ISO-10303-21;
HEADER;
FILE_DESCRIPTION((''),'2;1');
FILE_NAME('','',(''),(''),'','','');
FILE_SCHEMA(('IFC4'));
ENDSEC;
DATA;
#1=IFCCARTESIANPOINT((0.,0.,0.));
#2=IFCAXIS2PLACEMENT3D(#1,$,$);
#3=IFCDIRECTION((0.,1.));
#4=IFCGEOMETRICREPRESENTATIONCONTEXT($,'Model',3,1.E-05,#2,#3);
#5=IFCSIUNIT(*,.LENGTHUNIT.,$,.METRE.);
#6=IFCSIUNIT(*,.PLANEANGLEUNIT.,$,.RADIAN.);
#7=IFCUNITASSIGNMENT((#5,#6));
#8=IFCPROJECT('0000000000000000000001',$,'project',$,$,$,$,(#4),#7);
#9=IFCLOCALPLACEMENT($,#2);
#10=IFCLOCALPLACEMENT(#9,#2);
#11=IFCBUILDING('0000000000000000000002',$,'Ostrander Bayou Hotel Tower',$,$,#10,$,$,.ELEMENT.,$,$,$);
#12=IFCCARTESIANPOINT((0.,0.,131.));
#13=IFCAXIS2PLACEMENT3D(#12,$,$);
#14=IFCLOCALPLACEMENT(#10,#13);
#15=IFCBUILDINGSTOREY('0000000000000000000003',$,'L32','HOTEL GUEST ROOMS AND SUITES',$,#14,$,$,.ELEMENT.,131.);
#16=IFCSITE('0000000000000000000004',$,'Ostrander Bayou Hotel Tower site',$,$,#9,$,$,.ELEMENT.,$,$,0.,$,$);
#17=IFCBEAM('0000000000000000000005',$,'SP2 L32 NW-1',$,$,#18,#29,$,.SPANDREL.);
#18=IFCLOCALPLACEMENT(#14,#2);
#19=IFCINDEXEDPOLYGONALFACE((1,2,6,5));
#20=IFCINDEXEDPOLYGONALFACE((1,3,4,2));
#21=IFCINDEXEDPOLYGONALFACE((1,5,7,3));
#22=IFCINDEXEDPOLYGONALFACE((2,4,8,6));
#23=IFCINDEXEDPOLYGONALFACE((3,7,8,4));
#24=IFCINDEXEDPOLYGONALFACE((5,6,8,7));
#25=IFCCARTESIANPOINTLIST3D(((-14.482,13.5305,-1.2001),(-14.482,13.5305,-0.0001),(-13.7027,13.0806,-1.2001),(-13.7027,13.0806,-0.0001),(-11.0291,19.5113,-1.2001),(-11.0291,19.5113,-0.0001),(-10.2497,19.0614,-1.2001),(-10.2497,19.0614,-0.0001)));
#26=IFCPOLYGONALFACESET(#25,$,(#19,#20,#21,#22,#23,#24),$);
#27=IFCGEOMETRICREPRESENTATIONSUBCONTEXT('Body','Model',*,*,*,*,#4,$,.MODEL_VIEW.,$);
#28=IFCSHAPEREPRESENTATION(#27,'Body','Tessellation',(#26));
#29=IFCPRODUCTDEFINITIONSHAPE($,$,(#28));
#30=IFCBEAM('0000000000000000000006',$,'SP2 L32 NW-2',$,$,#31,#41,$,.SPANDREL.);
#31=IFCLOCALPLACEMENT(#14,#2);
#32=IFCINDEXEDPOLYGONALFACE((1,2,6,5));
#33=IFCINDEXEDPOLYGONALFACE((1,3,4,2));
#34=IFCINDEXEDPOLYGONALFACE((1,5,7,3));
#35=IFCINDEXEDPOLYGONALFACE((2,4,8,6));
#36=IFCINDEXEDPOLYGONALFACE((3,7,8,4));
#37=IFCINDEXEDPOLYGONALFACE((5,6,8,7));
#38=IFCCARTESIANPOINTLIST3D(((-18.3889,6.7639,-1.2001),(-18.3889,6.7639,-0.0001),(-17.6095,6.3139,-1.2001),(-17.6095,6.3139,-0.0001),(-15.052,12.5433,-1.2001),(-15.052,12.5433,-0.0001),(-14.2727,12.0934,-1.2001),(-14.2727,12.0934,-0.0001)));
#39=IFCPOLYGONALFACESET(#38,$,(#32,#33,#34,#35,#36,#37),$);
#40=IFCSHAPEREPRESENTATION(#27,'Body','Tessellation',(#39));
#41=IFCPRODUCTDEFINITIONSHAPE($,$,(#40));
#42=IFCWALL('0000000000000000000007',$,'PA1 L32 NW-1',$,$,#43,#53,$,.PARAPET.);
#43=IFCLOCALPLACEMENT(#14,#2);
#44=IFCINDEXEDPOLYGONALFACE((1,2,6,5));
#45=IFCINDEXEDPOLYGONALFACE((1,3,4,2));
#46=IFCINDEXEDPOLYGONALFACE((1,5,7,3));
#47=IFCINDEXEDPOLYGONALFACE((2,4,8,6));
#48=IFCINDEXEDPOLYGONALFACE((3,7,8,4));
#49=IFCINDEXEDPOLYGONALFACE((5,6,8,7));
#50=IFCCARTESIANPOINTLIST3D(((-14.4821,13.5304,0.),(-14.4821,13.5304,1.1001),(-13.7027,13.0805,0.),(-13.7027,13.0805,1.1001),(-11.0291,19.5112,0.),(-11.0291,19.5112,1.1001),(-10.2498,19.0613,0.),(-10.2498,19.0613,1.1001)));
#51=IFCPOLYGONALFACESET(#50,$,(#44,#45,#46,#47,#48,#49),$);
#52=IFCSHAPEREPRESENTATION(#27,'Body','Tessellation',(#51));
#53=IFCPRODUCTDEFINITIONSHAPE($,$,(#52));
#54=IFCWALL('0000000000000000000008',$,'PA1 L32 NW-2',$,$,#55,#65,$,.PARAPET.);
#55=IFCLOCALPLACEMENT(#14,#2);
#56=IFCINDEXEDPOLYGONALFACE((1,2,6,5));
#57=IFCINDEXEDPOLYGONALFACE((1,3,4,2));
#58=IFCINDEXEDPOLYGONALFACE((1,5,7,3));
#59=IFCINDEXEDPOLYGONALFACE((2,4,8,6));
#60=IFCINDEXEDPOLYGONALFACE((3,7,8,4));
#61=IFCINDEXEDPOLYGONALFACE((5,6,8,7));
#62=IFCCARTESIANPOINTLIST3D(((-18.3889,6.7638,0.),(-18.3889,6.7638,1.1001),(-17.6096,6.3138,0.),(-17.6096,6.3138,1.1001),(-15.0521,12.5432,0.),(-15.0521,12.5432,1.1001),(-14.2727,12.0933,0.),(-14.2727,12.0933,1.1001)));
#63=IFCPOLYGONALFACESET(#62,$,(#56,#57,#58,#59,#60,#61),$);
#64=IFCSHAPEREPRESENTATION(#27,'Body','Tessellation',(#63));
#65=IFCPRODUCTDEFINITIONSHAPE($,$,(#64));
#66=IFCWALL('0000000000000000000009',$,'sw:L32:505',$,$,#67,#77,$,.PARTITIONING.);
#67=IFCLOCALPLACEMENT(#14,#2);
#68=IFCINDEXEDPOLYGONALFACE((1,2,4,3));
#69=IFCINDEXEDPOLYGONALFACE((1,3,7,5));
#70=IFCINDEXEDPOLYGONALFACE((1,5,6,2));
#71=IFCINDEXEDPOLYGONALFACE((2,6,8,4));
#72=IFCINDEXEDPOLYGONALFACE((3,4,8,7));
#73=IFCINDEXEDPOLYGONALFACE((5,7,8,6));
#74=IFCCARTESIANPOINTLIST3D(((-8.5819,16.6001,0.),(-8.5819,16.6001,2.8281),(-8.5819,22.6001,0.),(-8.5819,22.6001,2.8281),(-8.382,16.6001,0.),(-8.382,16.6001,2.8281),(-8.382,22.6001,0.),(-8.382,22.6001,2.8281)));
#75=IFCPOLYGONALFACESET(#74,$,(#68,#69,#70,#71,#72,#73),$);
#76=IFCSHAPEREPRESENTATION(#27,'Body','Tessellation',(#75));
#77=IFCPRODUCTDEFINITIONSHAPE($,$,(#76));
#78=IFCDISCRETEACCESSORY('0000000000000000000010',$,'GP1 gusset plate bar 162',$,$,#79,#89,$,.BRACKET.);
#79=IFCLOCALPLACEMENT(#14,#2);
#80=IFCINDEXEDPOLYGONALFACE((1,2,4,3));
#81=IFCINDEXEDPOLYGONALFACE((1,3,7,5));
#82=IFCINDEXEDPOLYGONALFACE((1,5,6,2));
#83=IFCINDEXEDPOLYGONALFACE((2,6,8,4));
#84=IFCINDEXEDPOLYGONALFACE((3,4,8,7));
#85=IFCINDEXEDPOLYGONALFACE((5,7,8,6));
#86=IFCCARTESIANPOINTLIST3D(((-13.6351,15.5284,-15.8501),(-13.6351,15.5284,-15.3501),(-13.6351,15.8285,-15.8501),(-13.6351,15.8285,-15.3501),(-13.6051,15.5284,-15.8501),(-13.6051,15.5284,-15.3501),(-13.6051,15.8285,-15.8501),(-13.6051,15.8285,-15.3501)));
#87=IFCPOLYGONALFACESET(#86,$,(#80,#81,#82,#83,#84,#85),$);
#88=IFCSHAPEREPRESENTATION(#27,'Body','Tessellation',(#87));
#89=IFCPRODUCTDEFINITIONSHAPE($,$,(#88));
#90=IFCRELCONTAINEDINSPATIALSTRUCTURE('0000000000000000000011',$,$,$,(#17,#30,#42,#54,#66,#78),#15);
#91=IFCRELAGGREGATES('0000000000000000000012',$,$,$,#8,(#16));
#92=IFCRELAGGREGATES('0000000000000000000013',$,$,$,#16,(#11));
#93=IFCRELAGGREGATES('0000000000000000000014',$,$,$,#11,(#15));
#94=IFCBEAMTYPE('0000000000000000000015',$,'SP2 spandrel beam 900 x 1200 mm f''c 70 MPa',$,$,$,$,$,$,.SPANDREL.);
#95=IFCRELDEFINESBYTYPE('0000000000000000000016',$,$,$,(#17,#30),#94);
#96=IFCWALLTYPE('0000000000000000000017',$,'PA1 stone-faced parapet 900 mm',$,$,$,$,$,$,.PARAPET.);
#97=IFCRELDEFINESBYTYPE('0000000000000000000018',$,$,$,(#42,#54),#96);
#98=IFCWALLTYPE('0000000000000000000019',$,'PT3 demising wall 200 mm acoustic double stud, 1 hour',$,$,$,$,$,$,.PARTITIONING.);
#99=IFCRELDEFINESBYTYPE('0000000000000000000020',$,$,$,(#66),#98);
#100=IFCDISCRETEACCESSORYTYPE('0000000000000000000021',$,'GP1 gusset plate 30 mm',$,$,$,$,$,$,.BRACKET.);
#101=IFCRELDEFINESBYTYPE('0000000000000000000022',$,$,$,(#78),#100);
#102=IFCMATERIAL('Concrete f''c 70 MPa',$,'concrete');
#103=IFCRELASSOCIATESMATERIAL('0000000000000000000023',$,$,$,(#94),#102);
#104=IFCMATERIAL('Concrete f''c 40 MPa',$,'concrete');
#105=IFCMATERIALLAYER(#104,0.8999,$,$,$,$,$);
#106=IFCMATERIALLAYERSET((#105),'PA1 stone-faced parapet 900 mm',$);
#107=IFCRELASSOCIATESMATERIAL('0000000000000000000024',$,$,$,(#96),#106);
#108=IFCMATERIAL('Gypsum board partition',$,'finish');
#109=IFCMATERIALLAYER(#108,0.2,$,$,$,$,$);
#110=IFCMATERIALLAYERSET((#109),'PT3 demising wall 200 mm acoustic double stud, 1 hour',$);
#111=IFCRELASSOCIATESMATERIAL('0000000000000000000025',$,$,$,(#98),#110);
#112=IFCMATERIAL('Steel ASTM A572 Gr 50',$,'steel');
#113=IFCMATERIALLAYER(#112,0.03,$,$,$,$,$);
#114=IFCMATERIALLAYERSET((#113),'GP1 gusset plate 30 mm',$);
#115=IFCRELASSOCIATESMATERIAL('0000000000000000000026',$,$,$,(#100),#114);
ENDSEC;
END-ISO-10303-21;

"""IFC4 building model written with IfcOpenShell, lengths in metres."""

from ifc_helpers import new_model, si_unit, direction, frame, frame_2d, origin, origin_2d, place, context, subcontext, project, spatial, rectangle, extrude, material, layer, layer_set, material_profile, profile_set, type_object, element, save


model = new_model("IFC4")

# Units and contexts
model_context = context("Model", 3, precision=1e-05, world=origin(), true_north=direction((0.0, 1.0)))
body_context = subcontext(model_context, "Body", "Model", "MODEL_VIEW")
ifc_project = project(units=[si_unit("LENGTHUNIT", "METRE"), si_unit("PLANEANGLEUNIT", "RADIAN")], contexts=[model_context])

# Site, building, storey
site_placement = place(None, origin())
site = spatial("IfcSite", under=ifc_project, at=site_placement, Name="Ostrander Bayou Hotel Tower site", CompositionType="ELEMENT", RefElevation=0.0)
building_placement = place(site_placement, origin())
building = spatial("IfcBuilding", under=site, at=building_placement, Name="Ostrander Bayou Hotel Tower", CompositionType="ELEMENT")
storey_placement = place(building_placement, frame((0.0, 0.0, 131.0)))
storey = spatial("IfcBuildingStorey", under=building, at=storey_placement, Name="L32", Description="HOTEL GUEST ROOMS AND SUITES", CompositionType="ELEMENT", Elevation=131.0)

# Beams
ifc_material_1 = material(Name="Concrete f'c 70 MPa", Category="concrete")
ifc_material_profile_1 = material_profile(ifc_material_1, rectangle(XDim=0.8999, YDim=1.2, at=origin_2d()))
ifc_profile_set_1 = profile_set([ifc_material_profile_1], Name="Concrete f'c 70 MPa")
beam_type_1 = type_object("IfcBeamType", Name="SP2 spandrel beam 900 x 1200 mm f'c 70 MPa", PredefinedType="SPANDREL", material=ifc_profile_set_1)
beam_1_placement = place(storey_placement, frame((-10.6394, 19.2864, -0.6001), z_axis=(-0.499991, -0.866031, 0.0), x_axis=(0.866031, -0.499991, 0.0)))
element("IfcBeam", 1, at=beam_1_placement, inside=storey, type_object=beam_type_1, Name="SP2 L32 NW-1", PredefinedType="SPANDREL", context=body_context, shape_type="SweptSolid", body=[
    extrude(rectangle(XDim=0.8999, YDim=1.2, at=origin_2d()), origin(), (0.0, 0.0, 1.0), 6.906),
])
beam_2_placement = place(storey_placement, frame((-14.6624, 12.3184, -0.6001), z_axis=(-0.500011, -0.866019, 0.0), x_axis=(0.866019, -0.500011, 0.0)))
element("IfcBeam", 2, at=beam_2_placement, inside=storey, type_object=beam_type_1, Name="SP2 L32 NW-2", PredefinedType="SPANDREL", context=body_context, shape_type="SweptSolid", body=[
    extrude(rectangle(XDim=0.8999, YDim=1.2, at=origin_2d()), origin(), (0.0, 0.0, 1.0), 6.6736),
])

# Walls
ifc_material_2 = material(Name="Concrete f'c 40 MPa", Category="concrete")
ifc_layer_1 = layer(ifc_material_2, 0.8999)
ifc_layer_set_1 = layer_set([ifc_layer_1], Name="PA1 stone-faced parapet 900 mm")
wall_type_1 = type_object("IfcWallType", Name="PA1 stone-faced parapet 900 mm", PredefinedType="PARAPET", material=ifc_layer_set_1)
wall_1_placement = place(storey_placement, frame((-10.6394, 19.2864, 0.0), z_axis=(0.0, 0.0, 1.0), x_axis=(-0.499991, -0.866031, 0.0)))
element("IfcWall", 3, at=wall_1_placement, inside=storey, type_object=wall_type_1, Name="PA1 L32 NW-1", PredefinedType="PARAPET", context=body_context, shape_type="SweptSolid", body=[
    extrude(rectangle(XDim=6.906, YDim=0.8999, at=frame_2d((3.4531, 0.0))), origin(), (0.0, 0.0, 1.0), 1.1001),
])
wall_2_placement = place(storey_placement, frame((-14.6624, 12.3184, 0.0), z_axis=(0.0, 0.0, 1.0), x_axis=(-0.500011, -0.866019, 0.0)))
element("IfcWall", 4, at=wall_2_placement, inside=storey, type_object=wall_type_1, Name="PA1 L32 NW-2", PredefinedType="PARAPET", context=body_context, shape_type="SweptSolid", body=[
    extrude(rectangle(XDim=6.6736, YDim=0.8999, at=frame_2d((3.3369, 0.0))), origin(), (0.0, 0.0, 1.0), 1.1001),
])
ifc_material_3 = material(Name="Gypsum board partition", Category="finish")
ifc_layer_2 = layer(ifc_material_3, 0.2)
ifc_layer_set_2 = layer_set([ifc_layer_2], Name="PT3 demising wall 200 mm acoustic double stud, 1 hour")
wall_type_2 = type_object("IfcWallType", Name="PT3 demising wall 200 mm acoustic double stud, 1 hour", PredefinedType="PARTITIONING", material=ifc_layer_set_2)
wall_3_placement = place(storey_placement, frame((-8.4819, 16.6001, 0.0), z_axis=(0.0, 0.0, 1.0), x_axis=(0.0, 1.0, 0.0)))
element("IfcWall", 5, at=wall_3_placement, inside=storey, type_object=wall_type_2, Name="sw:L32:505", PredefinedType="PARTITIONING", context=body_context, shape_type="SweptSolid", body=[
    extrude(rectangle(XDim=6.0, YDim=0.2, at=frame_2d((3.0, 0.0))), origin(), (0.0, 0.0, 1.0), 2.8281),
])

# Discrete accessory
ifc_material_4 = material(Name="Steel ASTM A572 Gr 50", Category="steel")
ifc_layer_3 = layer(ifc_material_4, 0.03)
ifc_layer_set_3 = layer_set([ifc_layer_3], Name="GP1 gusset plate 30 mm")
discrete_accessory_type = type_object("IfcDiscreteAccessoryType", Name="GP1 gusset plate 30 mm", PredefinedType="BRACKET", material=ifc_layer_set_3)
discrete_accessory_placement = place(storey_placement, frame((-13.6201, 15.6785, -15.8501), z_axis=(0.0, 0.0, 1.0), x_axis=(0.0, -1.0, 0.0)))
element("IfcDiscreteAccessory", 6, at=discrete_accessory_placement, inside=storey, type_object=discrete_accessory_type, Name="GP1 gusset plate bar 162", PredefinedType="BRACKET", context=body_context, shape_type="SweptSolid", body=[
    extrude(rectangle(XDim=0.3, YDim=0.03, at=origin_2d()), origin(), (0.0, 0.0, 1.0), 0.5),
])

save(model, "model.ifc")
